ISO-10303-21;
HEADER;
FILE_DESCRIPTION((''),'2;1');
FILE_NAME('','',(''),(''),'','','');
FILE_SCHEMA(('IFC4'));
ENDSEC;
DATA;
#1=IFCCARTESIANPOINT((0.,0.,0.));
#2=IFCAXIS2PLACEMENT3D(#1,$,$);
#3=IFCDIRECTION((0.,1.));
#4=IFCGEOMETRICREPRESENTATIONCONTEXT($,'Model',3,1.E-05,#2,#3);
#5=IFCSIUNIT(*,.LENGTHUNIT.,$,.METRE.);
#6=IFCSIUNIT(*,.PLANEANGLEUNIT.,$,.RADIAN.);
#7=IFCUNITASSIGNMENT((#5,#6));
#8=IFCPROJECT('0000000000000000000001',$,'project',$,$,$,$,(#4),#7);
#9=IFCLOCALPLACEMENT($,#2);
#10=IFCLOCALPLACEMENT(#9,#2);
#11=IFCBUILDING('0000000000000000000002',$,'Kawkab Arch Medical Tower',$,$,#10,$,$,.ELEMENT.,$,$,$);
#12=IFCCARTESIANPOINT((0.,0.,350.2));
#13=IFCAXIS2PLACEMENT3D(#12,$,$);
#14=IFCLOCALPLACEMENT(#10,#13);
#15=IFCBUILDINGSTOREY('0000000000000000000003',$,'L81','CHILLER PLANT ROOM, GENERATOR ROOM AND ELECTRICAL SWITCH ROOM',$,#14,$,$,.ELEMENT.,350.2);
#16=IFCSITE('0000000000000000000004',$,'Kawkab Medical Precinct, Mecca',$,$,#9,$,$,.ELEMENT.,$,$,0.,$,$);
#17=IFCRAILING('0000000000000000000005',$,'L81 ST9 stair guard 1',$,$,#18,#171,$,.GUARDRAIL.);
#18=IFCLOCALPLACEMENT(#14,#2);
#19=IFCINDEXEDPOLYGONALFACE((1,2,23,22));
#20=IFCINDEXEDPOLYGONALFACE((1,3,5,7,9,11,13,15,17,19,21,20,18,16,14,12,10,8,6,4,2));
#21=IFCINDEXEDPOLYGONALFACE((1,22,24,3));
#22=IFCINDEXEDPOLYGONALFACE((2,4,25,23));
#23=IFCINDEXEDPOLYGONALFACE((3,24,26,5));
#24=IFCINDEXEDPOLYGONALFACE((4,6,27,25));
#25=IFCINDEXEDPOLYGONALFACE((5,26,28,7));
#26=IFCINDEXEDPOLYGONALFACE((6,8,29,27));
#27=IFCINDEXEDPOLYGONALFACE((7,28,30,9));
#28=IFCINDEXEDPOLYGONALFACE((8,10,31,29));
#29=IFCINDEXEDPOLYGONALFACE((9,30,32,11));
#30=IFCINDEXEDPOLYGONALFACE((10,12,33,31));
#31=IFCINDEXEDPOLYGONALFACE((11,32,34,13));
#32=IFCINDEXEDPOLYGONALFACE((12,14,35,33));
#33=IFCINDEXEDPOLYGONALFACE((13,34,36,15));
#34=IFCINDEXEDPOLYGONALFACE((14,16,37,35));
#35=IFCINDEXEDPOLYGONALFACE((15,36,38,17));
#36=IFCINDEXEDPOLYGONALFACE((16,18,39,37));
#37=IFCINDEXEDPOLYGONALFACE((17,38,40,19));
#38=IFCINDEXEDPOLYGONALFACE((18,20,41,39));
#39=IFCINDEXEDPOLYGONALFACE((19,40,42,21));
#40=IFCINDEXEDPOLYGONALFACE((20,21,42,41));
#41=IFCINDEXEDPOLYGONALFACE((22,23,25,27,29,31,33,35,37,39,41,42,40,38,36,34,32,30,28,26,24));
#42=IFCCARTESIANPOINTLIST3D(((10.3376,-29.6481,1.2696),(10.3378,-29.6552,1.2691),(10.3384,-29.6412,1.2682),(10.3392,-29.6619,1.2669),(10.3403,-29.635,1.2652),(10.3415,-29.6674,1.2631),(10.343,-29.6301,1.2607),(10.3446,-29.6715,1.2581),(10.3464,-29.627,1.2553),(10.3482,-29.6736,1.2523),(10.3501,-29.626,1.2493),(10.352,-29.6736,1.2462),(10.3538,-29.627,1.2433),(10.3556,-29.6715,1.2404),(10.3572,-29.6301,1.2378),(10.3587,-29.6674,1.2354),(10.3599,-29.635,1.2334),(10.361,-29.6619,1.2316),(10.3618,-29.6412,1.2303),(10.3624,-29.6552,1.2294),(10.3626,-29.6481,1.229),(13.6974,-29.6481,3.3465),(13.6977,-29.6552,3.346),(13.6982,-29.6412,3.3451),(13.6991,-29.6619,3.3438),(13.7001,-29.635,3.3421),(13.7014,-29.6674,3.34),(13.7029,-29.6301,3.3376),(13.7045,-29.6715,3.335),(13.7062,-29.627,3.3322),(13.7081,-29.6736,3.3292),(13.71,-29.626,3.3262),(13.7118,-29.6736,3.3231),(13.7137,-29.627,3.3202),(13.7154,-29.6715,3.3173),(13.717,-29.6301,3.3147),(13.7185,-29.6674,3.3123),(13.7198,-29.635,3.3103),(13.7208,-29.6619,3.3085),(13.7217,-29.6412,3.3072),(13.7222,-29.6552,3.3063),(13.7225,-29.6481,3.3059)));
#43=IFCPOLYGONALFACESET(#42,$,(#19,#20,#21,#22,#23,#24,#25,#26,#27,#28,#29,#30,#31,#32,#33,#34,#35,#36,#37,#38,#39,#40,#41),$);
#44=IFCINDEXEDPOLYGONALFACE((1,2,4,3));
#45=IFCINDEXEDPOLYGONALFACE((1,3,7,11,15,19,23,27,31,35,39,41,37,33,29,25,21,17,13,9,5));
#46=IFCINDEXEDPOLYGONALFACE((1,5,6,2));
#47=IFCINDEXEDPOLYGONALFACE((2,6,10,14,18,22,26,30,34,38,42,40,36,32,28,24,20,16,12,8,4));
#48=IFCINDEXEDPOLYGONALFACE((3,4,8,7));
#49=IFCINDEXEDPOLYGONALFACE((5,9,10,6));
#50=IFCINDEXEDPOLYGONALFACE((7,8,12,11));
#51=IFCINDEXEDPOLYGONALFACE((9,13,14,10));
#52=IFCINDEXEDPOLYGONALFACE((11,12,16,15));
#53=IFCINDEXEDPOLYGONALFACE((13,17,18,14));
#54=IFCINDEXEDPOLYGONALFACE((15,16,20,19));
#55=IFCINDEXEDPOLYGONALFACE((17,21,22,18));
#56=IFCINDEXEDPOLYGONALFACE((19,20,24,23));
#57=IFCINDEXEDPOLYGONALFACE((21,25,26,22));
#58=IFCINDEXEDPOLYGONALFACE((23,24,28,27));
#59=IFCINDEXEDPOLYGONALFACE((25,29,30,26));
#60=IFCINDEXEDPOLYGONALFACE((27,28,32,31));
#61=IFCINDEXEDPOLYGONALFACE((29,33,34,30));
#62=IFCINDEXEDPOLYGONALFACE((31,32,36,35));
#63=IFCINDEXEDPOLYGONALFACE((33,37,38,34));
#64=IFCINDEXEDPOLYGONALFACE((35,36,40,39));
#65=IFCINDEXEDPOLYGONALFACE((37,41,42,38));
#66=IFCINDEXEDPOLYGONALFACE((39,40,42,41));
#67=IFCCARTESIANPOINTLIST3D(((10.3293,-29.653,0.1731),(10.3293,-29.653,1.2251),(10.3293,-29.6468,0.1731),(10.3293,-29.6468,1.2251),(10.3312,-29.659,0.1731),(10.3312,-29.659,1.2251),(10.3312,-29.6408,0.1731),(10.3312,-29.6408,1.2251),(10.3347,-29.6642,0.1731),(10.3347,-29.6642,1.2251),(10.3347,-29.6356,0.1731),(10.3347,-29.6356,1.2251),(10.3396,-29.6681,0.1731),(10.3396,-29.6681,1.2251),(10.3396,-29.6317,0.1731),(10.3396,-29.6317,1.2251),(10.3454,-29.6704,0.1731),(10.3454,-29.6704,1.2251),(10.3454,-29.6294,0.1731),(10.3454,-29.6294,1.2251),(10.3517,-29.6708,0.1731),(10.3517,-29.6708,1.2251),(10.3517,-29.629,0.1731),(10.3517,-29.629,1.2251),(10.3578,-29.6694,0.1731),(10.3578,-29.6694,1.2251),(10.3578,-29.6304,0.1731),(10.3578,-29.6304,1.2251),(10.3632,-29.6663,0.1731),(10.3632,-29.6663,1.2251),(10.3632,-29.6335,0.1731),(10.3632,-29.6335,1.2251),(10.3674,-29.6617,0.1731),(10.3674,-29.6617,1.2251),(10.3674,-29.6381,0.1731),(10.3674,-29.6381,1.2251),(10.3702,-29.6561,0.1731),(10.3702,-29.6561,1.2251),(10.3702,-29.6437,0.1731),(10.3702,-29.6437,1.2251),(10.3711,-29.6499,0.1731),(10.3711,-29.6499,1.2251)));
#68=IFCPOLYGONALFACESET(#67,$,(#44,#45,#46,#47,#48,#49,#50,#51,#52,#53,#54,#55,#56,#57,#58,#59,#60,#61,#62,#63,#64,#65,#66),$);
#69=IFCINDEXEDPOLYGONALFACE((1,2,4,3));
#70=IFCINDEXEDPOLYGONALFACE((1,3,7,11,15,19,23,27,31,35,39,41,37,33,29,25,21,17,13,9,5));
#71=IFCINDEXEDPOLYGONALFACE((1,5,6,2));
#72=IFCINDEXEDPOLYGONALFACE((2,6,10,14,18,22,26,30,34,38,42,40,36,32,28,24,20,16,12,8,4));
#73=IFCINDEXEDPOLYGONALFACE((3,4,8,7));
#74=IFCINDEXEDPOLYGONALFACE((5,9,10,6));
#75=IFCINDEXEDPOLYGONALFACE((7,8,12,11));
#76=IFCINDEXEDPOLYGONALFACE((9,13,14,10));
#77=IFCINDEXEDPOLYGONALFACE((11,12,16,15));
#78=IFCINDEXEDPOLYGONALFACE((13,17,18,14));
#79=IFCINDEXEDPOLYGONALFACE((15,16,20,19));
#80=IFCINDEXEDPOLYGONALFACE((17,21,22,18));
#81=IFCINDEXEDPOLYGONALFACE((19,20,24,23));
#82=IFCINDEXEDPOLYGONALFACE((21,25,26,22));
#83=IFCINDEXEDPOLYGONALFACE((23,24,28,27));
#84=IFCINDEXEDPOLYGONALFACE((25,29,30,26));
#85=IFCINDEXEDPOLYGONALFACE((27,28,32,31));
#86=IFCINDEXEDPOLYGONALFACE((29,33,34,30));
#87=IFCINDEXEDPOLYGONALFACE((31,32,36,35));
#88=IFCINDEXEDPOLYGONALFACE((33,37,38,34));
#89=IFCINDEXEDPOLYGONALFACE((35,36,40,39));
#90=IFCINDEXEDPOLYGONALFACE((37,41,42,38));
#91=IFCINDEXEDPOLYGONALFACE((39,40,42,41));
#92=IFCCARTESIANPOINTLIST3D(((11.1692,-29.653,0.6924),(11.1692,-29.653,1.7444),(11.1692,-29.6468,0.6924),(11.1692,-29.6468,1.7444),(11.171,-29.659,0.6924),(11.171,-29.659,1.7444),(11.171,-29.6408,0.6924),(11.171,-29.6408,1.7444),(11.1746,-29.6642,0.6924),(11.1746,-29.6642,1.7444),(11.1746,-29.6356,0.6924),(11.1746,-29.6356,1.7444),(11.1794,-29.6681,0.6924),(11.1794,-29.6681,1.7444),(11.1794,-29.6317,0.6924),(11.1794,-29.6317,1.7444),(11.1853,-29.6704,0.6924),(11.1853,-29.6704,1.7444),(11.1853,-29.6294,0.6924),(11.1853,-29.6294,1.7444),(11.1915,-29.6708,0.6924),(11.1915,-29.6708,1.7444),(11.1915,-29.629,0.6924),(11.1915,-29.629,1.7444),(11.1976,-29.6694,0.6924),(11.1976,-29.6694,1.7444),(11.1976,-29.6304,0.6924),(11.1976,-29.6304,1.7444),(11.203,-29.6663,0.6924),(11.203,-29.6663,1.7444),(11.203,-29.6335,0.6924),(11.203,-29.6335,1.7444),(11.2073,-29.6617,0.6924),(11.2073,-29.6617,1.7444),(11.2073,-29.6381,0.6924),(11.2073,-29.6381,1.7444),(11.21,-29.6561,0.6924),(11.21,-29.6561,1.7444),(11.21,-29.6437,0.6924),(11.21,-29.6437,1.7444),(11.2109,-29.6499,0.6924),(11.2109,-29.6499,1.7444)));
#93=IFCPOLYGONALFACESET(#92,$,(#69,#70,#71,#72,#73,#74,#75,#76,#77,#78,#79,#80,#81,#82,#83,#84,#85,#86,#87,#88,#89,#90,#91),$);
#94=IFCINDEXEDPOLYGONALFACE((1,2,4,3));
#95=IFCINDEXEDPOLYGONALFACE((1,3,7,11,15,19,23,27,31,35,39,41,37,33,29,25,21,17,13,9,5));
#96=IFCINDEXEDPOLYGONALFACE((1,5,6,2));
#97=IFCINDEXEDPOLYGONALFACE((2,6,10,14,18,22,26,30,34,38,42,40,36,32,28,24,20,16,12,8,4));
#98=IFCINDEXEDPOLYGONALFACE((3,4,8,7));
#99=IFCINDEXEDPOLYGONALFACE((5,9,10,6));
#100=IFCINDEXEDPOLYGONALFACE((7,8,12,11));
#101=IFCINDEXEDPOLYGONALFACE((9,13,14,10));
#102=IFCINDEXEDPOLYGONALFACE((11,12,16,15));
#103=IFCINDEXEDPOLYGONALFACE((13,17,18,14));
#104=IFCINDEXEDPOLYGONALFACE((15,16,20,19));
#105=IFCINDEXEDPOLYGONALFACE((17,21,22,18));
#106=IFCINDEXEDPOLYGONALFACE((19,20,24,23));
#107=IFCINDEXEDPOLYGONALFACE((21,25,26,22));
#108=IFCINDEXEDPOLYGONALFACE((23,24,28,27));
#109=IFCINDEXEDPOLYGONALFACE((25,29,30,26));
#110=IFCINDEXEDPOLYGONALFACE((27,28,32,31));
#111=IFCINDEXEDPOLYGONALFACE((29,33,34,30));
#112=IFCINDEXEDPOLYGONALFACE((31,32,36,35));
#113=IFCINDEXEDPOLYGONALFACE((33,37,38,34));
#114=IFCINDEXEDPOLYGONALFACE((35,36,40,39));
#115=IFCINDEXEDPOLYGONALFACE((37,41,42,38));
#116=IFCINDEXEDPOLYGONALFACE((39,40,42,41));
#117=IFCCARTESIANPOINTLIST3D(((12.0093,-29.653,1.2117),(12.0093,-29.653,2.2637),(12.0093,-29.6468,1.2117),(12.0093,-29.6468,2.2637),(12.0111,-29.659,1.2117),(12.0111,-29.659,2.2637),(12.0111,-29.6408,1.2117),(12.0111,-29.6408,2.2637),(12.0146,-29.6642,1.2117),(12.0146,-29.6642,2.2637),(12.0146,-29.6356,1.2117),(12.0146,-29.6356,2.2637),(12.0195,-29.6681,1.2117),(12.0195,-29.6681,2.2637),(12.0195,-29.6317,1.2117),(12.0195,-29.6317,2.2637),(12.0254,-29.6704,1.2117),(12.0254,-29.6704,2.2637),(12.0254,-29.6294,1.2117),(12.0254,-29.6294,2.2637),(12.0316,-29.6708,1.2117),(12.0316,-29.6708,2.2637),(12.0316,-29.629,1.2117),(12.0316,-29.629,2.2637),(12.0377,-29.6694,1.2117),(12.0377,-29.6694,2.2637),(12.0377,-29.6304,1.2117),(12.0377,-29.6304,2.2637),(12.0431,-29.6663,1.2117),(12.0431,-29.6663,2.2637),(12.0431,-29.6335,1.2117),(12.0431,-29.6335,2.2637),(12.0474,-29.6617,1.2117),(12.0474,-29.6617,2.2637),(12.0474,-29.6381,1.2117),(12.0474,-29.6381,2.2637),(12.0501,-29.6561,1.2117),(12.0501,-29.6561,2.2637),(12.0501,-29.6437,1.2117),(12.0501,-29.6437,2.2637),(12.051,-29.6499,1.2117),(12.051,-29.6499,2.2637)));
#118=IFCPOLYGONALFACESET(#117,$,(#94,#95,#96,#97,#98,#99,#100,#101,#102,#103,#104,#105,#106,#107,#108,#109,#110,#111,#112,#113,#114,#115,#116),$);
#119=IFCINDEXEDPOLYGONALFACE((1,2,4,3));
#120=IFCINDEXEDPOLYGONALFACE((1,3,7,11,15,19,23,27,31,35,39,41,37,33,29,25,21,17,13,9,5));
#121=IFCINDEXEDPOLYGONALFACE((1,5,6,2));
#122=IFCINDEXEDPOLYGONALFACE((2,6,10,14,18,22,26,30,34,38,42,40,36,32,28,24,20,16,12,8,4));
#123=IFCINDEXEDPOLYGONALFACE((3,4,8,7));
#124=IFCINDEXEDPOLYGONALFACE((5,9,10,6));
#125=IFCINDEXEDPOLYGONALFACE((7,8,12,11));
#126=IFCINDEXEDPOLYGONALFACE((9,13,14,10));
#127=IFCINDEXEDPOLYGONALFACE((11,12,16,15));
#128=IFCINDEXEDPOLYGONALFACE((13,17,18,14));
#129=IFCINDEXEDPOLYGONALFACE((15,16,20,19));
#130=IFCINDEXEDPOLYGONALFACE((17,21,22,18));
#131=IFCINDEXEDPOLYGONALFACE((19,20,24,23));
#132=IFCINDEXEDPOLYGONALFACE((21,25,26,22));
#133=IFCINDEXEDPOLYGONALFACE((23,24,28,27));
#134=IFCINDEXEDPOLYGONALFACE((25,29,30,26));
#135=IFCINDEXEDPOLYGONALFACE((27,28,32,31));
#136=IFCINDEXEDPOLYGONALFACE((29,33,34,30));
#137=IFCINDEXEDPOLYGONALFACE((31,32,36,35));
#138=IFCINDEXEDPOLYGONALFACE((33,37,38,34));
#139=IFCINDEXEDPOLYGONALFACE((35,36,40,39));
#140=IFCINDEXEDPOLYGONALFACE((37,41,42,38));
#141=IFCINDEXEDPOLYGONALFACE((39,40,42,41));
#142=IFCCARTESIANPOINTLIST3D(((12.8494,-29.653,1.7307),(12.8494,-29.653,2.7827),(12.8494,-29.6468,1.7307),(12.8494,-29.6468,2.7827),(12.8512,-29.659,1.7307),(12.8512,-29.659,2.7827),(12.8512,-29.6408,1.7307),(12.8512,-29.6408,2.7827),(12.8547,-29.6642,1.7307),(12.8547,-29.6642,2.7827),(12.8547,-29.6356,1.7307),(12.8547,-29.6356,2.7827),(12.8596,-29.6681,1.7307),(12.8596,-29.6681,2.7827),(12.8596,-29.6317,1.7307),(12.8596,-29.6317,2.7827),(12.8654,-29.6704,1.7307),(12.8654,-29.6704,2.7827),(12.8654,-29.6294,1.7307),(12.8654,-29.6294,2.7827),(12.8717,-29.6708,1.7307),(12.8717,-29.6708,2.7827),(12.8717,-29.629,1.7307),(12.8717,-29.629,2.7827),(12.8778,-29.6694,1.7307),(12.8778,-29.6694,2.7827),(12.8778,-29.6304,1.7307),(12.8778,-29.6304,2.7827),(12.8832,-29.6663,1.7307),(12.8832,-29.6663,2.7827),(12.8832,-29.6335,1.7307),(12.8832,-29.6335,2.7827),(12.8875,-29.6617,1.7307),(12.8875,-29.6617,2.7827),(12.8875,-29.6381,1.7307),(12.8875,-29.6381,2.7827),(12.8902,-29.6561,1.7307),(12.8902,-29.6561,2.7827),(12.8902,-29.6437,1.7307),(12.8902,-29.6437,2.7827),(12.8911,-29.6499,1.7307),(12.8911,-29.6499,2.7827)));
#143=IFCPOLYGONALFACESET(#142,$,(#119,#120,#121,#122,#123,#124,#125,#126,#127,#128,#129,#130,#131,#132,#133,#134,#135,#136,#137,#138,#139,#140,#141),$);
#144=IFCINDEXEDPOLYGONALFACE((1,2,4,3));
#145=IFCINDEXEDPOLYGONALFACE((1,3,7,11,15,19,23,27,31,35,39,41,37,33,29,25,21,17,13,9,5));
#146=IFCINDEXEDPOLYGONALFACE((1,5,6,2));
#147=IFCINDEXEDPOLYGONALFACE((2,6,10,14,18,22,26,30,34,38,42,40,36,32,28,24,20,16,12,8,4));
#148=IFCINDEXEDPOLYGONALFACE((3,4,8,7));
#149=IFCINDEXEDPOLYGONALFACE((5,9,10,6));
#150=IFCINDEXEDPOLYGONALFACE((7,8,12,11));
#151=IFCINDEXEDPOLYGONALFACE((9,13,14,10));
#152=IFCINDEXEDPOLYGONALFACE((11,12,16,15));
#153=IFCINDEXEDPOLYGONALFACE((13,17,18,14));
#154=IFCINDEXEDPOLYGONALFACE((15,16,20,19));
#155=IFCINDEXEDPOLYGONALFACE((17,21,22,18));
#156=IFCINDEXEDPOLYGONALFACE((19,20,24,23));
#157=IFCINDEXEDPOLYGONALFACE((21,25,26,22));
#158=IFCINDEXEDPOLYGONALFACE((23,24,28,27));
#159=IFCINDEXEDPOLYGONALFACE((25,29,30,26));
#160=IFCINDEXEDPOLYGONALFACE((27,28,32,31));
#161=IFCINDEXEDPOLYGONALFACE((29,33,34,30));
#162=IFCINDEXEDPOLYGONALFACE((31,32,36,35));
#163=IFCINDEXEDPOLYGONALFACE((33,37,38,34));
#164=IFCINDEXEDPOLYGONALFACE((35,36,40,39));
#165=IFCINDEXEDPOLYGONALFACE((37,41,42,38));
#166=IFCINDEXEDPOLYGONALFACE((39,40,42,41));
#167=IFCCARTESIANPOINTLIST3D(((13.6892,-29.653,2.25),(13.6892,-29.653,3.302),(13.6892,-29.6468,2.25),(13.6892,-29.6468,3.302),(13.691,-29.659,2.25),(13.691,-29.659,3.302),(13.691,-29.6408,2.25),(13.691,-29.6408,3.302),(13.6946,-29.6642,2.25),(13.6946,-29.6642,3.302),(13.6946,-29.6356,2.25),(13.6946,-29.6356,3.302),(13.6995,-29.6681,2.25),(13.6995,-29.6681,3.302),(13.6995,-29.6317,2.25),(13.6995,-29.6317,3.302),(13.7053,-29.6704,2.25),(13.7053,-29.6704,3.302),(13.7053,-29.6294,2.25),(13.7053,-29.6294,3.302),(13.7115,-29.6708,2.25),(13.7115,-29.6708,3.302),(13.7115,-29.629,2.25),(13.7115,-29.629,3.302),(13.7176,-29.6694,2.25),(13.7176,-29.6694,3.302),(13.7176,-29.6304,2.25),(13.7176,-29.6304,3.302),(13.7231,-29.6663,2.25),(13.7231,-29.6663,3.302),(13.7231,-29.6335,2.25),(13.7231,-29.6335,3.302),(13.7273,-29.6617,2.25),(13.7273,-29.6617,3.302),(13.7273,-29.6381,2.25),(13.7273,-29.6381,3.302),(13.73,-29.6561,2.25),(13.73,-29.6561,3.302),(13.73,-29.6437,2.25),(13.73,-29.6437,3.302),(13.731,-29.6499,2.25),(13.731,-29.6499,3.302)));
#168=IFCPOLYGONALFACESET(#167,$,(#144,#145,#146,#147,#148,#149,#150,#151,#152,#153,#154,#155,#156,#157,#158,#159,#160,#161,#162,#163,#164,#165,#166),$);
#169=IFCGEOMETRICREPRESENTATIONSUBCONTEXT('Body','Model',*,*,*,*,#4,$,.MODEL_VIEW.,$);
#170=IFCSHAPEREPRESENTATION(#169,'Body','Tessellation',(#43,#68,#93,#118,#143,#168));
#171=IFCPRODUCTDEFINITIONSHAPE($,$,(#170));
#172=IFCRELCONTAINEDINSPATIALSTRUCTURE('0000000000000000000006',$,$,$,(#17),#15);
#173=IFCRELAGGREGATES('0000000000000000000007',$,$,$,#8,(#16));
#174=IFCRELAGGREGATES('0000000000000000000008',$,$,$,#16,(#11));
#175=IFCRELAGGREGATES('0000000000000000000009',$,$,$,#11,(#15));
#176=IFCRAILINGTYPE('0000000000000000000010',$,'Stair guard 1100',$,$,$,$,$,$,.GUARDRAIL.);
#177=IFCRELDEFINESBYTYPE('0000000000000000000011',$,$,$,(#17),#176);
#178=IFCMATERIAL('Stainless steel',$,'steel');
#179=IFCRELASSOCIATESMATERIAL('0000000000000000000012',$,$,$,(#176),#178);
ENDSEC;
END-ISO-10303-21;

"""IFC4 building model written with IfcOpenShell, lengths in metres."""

from ifc_helpers import new_model, si_unit, direction, frame, origin, origin_2d, place, context, subcontext, project, spatial, circle, extrude, material, type_object, element, save


model = new_model("IFC4")

# Units and contexts
model_context = context("Model", 3, precision=1e-05, world=origin(), true_north=direction((0.0, 1.0)))
body_context = subcontext(model_context, "Body", "Model", "MODEL_VIEW")
ifc_project = project(units=[si_unit("LENGTHUNIT", "METRE"), si_unit("PLANEANGLEUNIT", "RADIAN")], contexts=[model_context])

# Site, building, storey
site_placement = place(None, origin())
site = spatial("IfcSite", under=ifc_project, at=site_placement, Name="Kawkab Medical Precinct, Mecca", CompositionType="ELEMENT", RefElevation=0.0)
building_placement = place(site_placement, origin())
building = spatial("IfcBuilding", under=site, at=building_placement, Name="Kawkab Arch Medical Tower", CompositionType="ELEMENT")
storey_placement = place(building_placement, frame((0.0, 0.0, 350.2)))
storey = spatial("IfcBuildingStorey", under=building, at=storey_placement, Name="L81", Description="CHILLER PLANT ROOM, GENERATOR ROOM AND ELECTRICAL SWITCH ROOM", CompositionType="ELEMENT", Elevation=350.2)

# Railing
ifc_material_1 = material(Name="Stainless steel", Category="steel")
railing_type = type_object("IfcRailingType", Name="Stair guard 1100", PredefinedType="GUARDRAIL", material=ifc_material_1)
railing_1_placement = place(storey_placement, frame((10.3501, -29.6499, 0.1731)))
element("IfcRailing", 1, at=railing_1_placement, inside=storey, type_object=railing_type, Name="L81 ST9 stair guard 1", PredefinedType="GUARDRAIL", context=body_context, shape_type="SweptSolid", body=[
    extrude(circle(Radius=0.0239, at=origin_2d()), frame((0.0, 0.0, 1.0762), z_axis=(0.850606, 0.0, 0.525803), x_axis=(0.0, 1.0, 0.0)), (0.0, 0.0, 1.0), 3.95),
    extrude(circle(Radius=0.021, at=origin_2d()), origin(), (0.0, 0.0, 1.0), 1.052),
    extrude(circle(Radius=0.021, at=origin_2d()), frame((0.8398, 0.0, 0.5193)), (0.0, 0.0, 1.0), 1.052),
    extrude(circle(Radius=0.021, at=origin_2d()), frame((1.6799, 0.0, 1.0386)), (0.0, 0.0, 1.0), 1.052),
    extrude(circle(Radius=0.021, at=origin_2d()), frame((2.52, 0.0, 1.5576)), (0.0, 0.0, 1.0), 1.052),
    extrude(circle(Radius=0.021, at=origin_2d()), frame((3.3599, 0.0, 2.0769)), (0.0, 0.0, 1.0), 1.052),
])

save(model, "model.ifc")
